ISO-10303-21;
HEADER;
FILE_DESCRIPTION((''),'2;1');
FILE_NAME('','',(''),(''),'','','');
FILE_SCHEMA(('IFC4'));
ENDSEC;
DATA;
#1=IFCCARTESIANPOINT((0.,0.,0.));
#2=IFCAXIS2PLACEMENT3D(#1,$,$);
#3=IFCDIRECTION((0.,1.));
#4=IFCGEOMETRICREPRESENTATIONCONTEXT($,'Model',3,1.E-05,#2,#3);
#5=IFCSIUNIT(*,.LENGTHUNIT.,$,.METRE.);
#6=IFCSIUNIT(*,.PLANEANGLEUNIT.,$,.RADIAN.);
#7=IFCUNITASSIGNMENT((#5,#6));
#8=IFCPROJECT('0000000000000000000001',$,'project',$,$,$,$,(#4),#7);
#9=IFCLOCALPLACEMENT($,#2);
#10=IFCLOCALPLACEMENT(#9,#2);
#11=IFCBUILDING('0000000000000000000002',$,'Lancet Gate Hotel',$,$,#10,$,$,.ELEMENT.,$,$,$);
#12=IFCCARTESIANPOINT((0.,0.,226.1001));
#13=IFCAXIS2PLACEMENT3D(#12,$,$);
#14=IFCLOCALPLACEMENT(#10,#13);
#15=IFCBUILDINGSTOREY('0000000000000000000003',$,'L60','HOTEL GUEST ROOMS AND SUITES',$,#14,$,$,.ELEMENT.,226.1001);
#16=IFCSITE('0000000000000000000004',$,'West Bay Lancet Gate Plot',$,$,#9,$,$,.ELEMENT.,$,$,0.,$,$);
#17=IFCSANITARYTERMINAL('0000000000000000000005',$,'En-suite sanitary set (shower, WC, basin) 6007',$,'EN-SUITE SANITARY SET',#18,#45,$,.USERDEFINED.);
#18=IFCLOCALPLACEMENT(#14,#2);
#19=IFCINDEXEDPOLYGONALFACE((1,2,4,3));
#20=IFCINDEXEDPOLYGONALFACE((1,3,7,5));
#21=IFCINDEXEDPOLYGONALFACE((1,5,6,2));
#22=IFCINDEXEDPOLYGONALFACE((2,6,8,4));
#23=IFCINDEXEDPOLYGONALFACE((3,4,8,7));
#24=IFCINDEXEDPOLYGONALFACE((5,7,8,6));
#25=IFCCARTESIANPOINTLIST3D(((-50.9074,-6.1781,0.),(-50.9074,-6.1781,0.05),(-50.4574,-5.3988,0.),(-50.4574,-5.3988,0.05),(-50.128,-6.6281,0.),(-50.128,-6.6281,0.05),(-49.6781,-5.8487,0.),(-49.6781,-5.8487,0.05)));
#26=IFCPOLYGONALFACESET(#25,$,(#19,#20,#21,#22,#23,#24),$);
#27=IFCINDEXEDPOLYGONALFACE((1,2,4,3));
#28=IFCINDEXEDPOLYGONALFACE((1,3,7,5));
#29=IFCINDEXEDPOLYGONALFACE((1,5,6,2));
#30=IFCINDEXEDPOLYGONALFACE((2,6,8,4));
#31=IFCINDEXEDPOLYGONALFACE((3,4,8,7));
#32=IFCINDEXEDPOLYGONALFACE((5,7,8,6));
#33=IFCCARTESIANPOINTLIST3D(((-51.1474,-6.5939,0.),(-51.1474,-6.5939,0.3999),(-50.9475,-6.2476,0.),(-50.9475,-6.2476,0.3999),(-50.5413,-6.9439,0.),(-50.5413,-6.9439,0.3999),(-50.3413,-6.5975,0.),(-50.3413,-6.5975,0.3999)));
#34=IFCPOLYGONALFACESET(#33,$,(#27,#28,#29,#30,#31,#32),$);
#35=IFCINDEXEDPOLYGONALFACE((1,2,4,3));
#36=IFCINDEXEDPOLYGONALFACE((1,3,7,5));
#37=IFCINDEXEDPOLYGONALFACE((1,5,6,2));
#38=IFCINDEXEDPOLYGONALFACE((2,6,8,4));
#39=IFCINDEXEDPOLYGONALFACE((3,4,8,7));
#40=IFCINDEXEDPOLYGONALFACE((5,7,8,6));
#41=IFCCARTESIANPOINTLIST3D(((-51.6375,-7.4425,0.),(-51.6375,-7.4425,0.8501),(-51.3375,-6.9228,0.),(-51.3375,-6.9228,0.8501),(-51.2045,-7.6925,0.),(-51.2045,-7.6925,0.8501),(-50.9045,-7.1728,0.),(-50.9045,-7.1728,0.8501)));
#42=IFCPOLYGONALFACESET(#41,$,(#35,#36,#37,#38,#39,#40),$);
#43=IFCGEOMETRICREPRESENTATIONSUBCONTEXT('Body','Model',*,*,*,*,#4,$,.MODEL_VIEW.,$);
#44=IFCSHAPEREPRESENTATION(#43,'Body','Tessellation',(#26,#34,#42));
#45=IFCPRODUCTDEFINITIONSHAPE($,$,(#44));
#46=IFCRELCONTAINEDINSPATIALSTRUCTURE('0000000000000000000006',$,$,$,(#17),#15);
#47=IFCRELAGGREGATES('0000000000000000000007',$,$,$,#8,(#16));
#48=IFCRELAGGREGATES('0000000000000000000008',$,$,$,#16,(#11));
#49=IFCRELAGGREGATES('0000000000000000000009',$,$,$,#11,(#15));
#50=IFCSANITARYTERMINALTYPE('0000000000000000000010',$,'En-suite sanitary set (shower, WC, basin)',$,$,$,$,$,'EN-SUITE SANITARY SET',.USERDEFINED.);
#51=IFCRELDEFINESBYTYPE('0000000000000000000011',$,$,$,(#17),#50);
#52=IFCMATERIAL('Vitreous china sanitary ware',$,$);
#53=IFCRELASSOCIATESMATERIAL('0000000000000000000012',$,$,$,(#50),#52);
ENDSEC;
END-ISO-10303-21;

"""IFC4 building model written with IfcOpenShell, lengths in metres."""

from ifc_helpers import new_model, si_unit, direction, frame, origin, origin_2d, place, context, subcontext, project, spatial, rectangle, extrude, material, type_object, element, save


model = new_model("IFC4")

# Units and contexts
model_context = context("Model", 3, precision=1e-05, world=origin(), true_north=direction((0.0, 1.0)))
body_context = subcontext(model_context, "Body", "Model", "MODEL_VIEW")
ifc_project = project(units=[si_unit("LENGTHUNIT", "METRE"), si_unit("PLANEANGLEUNIT", "RADIAN")], contexts=[model_context])

# Site, building, storey
site_placement = place(None, origin())
site = spatial("IfcSite", under=ifc_project, at=site_placement, Name="West Bay Lancet Gate Plot", CompositionType="ELEMENT", RefElevation=0.0)
building_placement = place(site_placement, origin())
building = spatial("IfcBuilding", under=site, at=building_placement, Name="Lancet Gate Hotel", CompositionType="ELEMENT")
storey_placement = place(building_placement, frame((0.0, 0.0, 226.1001)))
storey = spatial("IfcBuildingStorey", under=building, at=storey_placement, Name="L60", Description="HOTEL GUEST ROOMS AND SUITES", CompositionType="ELEMENT", Elevation=226.1001)

# Sanitary terminal
ifc_material_1 = material(Name="Vitreous china sanitary ware")
sanitary_terminal_type = type_object("IfcSanitaryTerminalType", Name="En-suite sanitary set (shower, WC, basin)", ElementType="EN-SUITE SANITARY SET", PredefinedType="USERDEFINED", material=ifc_material_1)
sanitary_terminal_1_placement = place(storey_placement, frame((-50.2927, -6.0134, 0.0), z_axis=(0.0, 0.0, 1.0), x_axis=(1.0, 0.0, 0.0)))
element("IfcSanitaryTerminal", 1, at=sanitary_terminal_1_placement, inside=storey, type_object=sanitary_terminal_type, Name="En-suite sanitary set (shower, WC, basin) 6007", ObjectType="EN-SUITE SANITARY SET", PredefinedType="USERDEFINED", context=body_context, shape_type="SweptSolid", body=[
    extrude(rectangle(XDim=0.8999, YDim=0.8999, at=origin_2d()), frame((0.0, 0.0, 0.0), z_axis=(0.0, 0.0, 1.0), x_axis=(0.5, 0.866025, 0.0)), (0.0, 0.0, 1.0), 0.05),
    extrude(rectangle(XDim=0.3999, YDim=0.7, at=origin_2d()), frame((-0.4517, -0.5823, 0.0), z_axis=(0.0, 0.0, 1.0), x_axis=(0.5, 0.866025, 0.0)), (0.0, 0.0, 1.0), 0.3999),
    extrude(rectangle(XDim=0.6001, YDim=0.5, at=origin_2d()), frame((-0.9783, -1.2942, 0.0), z_axis=(0.0, 0.0, 1.0), x_axis=(0.5, 0.866025, 0.0)), (0.0, 0.0, 1.0), 0.8501),
])

save(model, "model.ifc")
